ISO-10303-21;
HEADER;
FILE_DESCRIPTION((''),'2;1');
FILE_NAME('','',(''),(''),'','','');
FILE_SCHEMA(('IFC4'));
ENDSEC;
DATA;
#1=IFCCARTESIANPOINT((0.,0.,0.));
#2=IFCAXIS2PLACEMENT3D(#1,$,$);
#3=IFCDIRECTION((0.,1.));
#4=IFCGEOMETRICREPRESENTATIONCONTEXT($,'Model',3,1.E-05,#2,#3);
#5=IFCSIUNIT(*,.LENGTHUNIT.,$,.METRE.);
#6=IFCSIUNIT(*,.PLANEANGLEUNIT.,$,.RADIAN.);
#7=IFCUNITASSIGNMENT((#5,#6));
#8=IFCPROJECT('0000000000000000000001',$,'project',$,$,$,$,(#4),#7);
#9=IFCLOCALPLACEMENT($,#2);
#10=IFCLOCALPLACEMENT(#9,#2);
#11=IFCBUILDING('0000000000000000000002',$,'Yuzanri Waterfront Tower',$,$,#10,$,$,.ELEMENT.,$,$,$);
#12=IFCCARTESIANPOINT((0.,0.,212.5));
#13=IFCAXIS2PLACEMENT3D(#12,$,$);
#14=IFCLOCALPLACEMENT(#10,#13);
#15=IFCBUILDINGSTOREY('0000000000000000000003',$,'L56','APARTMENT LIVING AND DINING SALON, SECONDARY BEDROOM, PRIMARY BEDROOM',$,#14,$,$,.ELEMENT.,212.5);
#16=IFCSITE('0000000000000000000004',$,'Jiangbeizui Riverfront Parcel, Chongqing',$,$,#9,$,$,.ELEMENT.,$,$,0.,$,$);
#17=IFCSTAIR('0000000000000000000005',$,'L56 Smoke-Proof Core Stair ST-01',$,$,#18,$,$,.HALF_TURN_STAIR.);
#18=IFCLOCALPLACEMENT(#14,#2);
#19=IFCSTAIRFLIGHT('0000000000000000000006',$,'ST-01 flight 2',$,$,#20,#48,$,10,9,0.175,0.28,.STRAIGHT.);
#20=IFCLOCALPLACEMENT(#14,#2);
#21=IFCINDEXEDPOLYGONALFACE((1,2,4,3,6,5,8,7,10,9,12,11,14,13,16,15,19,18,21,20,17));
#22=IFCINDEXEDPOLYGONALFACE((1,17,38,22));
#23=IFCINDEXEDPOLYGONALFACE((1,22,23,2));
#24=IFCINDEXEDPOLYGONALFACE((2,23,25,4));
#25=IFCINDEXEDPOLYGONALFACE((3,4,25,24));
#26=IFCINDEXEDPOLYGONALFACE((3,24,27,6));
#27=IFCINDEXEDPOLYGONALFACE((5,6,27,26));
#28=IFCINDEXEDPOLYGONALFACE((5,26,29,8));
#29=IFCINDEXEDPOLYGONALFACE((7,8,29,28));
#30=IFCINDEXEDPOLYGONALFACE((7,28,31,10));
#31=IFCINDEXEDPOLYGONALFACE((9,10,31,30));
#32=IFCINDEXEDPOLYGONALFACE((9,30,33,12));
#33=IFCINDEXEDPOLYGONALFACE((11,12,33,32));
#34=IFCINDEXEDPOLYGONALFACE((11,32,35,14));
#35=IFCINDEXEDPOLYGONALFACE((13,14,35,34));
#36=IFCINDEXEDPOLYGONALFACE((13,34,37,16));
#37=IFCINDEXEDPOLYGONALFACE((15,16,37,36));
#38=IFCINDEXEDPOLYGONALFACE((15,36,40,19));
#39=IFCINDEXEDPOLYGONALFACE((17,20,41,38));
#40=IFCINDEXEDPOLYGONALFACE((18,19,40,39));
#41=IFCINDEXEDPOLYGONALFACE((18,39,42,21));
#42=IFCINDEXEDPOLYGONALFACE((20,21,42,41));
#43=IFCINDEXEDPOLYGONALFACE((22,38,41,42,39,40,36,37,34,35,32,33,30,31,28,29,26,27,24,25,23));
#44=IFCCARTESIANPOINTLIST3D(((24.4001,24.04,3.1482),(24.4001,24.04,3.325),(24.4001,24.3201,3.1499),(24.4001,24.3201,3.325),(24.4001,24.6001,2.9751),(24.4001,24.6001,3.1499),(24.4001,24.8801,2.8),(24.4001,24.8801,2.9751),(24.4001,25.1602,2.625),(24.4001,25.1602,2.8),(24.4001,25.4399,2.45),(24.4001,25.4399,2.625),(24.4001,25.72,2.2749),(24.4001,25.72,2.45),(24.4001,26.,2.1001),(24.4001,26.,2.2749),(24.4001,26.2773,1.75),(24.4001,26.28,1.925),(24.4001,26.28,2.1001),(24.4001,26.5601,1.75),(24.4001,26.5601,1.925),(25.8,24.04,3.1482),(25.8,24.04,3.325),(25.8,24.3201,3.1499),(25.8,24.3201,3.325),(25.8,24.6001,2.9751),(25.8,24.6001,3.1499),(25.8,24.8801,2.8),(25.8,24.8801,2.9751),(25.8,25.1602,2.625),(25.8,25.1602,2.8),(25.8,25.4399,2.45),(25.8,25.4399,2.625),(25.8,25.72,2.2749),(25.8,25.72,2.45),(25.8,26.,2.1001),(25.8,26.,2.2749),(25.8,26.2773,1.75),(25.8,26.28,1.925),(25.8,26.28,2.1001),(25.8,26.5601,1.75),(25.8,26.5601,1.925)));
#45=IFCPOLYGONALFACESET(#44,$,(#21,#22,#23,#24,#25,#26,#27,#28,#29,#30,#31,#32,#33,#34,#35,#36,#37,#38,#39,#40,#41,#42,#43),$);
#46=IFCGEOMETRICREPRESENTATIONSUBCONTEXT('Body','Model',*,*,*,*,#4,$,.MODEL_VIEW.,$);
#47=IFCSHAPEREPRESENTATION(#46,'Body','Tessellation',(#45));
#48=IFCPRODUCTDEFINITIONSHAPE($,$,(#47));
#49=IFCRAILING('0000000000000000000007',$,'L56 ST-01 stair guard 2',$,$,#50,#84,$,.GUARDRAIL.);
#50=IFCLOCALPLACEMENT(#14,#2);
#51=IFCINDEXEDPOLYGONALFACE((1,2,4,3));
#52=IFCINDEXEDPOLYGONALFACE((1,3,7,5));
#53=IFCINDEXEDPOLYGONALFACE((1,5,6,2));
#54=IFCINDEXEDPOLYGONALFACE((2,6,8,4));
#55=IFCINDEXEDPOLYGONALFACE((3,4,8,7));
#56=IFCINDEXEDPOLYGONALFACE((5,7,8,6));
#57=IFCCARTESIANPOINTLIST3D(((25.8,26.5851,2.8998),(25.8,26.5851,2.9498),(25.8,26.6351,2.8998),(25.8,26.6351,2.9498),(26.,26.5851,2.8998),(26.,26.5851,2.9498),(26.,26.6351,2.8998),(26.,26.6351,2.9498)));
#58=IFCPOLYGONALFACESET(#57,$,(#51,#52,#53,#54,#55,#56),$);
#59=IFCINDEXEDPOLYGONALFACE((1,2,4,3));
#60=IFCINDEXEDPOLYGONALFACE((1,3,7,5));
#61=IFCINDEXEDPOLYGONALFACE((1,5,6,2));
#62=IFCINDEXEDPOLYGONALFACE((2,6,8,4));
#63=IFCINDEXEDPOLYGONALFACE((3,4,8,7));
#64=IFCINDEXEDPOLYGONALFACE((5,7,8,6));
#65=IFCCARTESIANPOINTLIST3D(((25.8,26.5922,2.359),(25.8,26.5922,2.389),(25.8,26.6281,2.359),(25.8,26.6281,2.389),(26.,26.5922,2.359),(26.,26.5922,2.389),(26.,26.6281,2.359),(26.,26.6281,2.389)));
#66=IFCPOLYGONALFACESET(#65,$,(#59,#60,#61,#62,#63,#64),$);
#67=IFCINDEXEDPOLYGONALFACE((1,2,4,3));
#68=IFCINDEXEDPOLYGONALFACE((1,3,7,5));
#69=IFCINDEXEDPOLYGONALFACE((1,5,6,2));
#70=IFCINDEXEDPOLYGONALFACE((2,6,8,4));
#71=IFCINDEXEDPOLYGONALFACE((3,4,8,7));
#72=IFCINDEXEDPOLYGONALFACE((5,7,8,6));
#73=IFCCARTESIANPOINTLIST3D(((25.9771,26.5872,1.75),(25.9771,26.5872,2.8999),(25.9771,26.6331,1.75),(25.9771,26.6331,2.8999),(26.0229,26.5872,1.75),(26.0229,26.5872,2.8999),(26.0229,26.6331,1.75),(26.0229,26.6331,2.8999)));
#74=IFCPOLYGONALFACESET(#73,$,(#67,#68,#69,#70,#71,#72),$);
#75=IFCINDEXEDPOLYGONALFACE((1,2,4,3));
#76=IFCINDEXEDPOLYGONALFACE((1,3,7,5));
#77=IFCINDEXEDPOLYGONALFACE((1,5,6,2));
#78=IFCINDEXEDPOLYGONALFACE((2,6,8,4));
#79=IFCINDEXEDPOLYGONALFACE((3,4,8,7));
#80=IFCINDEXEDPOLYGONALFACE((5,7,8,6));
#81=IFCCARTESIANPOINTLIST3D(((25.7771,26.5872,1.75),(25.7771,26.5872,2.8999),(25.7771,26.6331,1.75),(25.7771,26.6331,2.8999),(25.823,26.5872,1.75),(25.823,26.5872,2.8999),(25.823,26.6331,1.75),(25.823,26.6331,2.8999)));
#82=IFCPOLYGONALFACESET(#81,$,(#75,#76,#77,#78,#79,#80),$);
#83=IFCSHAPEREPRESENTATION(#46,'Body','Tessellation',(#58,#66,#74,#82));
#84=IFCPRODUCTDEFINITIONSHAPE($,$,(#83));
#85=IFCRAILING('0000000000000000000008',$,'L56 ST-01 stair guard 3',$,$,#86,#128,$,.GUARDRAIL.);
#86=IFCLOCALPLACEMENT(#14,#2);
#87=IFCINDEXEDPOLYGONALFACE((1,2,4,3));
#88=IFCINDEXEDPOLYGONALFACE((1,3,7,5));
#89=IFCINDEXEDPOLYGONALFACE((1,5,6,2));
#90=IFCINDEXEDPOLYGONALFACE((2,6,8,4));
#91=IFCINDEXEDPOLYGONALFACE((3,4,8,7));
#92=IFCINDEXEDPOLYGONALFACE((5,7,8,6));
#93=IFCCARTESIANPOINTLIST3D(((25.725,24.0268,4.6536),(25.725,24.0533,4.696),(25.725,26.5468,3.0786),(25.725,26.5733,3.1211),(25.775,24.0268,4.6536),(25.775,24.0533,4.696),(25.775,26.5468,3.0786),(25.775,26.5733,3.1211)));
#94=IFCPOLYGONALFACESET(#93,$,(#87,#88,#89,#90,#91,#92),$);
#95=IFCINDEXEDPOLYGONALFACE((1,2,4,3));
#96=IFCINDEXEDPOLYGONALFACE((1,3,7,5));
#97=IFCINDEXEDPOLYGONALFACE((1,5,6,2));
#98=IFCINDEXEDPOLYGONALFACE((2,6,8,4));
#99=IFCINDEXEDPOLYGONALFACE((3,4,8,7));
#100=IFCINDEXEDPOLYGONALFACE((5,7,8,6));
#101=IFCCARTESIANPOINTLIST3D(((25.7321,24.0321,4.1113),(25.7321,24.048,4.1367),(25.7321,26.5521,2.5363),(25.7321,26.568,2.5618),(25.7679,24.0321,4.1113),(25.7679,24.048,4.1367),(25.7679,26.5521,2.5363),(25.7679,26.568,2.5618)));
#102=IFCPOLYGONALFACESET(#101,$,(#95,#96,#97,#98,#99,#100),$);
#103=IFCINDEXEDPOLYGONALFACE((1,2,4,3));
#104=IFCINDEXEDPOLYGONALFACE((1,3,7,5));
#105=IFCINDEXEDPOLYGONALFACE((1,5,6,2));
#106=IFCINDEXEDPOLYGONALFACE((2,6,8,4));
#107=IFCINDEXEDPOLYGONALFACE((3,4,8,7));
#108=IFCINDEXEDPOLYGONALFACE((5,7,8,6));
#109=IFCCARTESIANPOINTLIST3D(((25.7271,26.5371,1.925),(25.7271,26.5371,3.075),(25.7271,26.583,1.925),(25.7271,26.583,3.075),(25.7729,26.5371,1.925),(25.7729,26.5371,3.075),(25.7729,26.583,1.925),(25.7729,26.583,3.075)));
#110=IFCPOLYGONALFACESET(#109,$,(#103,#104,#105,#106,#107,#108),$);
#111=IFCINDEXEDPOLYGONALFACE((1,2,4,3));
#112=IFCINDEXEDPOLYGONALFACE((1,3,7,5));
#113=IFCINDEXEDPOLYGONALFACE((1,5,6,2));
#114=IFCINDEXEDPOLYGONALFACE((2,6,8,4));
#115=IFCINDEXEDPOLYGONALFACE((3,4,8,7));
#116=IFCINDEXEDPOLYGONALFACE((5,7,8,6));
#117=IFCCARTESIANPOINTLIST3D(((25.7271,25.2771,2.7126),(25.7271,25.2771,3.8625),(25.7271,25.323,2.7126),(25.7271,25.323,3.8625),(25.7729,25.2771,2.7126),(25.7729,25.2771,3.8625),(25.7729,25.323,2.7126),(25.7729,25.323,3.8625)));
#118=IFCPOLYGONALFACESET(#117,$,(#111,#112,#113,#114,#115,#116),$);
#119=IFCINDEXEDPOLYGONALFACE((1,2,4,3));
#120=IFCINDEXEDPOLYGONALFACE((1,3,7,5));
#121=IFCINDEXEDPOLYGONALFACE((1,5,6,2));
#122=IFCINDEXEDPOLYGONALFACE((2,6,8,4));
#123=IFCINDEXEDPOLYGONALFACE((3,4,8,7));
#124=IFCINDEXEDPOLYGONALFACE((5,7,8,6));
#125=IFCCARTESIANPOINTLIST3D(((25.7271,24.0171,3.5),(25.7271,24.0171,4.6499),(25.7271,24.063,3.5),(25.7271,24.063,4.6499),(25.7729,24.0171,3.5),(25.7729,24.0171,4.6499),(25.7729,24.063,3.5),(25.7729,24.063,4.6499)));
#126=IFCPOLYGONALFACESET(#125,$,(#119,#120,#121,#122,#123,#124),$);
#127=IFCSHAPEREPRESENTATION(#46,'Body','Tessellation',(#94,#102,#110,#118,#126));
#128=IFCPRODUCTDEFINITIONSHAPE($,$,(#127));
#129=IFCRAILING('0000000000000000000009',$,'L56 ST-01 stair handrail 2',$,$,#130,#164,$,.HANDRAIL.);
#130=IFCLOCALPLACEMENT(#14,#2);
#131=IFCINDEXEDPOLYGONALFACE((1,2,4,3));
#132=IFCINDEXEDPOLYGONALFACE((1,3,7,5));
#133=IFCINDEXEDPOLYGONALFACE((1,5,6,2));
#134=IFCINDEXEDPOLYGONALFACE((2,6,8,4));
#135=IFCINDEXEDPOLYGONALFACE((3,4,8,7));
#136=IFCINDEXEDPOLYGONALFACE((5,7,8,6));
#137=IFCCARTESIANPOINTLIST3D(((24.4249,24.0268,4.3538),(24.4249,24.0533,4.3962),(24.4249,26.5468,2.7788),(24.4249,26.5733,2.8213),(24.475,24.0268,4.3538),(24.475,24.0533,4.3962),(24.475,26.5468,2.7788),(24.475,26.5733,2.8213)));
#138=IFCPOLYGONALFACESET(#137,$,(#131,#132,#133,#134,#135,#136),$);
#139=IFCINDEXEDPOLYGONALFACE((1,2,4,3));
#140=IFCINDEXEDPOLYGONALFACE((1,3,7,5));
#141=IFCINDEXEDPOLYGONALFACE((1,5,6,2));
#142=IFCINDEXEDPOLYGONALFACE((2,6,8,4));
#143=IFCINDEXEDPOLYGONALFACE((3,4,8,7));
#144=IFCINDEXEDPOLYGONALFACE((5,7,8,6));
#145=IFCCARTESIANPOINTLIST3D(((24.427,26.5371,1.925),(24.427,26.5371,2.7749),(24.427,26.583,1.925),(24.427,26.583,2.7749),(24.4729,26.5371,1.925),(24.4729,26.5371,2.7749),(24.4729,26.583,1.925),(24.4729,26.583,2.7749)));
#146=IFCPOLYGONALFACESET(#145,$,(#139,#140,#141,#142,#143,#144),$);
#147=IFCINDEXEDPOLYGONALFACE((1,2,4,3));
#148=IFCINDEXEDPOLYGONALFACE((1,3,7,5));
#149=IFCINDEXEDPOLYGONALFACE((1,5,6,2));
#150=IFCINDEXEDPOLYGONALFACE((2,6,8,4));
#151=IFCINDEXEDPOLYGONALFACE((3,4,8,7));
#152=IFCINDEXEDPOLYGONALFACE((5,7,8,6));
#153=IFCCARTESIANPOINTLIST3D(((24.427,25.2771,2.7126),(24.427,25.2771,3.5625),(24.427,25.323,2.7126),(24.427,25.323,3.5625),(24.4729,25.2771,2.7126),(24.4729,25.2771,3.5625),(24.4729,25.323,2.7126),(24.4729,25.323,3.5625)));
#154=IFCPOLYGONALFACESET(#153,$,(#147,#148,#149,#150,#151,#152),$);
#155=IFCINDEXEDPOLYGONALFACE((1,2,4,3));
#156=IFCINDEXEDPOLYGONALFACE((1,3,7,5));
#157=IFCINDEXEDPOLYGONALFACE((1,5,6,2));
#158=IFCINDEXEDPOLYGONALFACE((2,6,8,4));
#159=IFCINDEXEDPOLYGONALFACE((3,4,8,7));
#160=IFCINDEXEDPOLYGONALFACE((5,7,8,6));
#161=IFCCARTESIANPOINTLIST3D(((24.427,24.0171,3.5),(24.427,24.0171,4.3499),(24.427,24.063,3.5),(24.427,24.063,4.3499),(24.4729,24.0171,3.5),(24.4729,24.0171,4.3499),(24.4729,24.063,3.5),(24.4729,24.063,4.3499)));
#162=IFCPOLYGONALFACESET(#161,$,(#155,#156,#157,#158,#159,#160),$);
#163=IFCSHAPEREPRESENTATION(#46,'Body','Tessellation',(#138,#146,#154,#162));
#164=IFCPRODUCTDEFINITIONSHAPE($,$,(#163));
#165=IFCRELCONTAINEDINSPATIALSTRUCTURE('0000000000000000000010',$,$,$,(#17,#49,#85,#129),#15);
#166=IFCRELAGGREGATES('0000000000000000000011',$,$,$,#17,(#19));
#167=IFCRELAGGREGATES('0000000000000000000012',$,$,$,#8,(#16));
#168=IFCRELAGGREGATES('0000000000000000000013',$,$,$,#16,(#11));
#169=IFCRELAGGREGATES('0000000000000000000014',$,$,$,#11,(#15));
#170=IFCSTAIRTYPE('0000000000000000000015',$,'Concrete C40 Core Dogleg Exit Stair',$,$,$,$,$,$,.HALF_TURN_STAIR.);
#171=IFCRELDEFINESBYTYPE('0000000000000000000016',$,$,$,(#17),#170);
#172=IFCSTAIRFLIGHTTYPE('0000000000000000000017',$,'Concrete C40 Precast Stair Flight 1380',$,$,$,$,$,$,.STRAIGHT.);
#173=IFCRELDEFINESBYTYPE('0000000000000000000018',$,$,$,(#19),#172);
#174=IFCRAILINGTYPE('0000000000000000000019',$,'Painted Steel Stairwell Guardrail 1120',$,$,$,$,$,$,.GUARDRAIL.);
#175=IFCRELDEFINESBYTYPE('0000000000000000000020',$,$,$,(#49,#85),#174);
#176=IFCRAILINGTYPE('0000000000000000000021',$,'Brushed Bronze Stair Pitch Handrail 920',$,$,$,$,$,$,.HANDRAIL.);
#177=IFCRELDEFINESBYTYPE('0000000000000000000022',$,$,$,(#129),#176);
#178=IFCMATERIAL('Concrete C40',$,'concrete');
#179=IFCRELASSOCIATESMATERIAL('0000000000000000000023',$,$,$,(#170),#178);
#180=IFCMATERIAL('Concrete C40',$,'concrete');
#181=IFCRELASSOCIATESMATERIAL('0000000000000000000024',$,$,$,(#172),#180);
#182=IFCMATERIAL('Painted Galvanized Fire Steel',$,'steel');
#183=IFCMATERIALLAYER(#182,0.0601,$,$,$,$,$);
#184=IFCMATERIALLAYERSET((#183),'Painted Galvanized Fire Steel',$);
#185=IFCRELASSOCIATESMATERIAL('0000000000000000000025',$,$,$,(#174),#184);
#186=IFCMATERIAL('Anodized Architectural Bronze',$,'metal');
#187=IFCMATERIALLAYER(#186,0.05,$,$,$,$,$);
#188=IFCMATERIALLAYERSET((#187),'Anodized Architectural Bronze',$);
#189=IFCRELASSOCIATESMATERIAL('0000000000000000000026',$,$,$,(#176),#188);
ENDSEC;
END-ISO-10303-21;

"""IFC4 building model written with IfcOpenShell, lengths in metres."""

from ifc_helpers import new_model, si_unit, direction, frame, origin, origin_2d, place, context, subcontext, project, spatial, polyline, rectangle, outline, extrude, source, transform, mapped, material, layer, layer_set, type_object, element, aggregate, save


model = new_model("IFC4")

# Units and contexts
model_context = context("Model", 3, precision=1e-05, world=origin(), true_north=direction((0.0, 1.0)))
body_context = subcontext(model_context, "Body", "Model", "MODEL_VIEW")
ifc_project = project(units=[si_unit("LENGTHUNIT", "METRE"), si_unit("PLANEANGLEUNIT", "RADIAN")], contexts=[model_context])

# Site, building, storey
site_placement = place(None, origin())
site = spatial("IfcSite", under=ifc_project, at=site_placement, Name="Jiangbeizui Riverfront Parcel, Chongqing", CompositionType="ELEMENT", RefElevation=0.0)
building_placement = place(site_placement, origin())
building = spatial("IfcBuilding", under=site, at=building_placement, Name="Yuzanri Waterfront Tower", CompositionType="ELEMENT")
storey_placement = place(building_placement, frame((0.0, 0.0, 212.5)))
storey = spatial("IfcBuildingStorey", under=building, at=storey_placement, Name="L56", Description="APARTMENT LIVING AND DINING SALON, SECONDARY BEDROOM, PRIMARY BEDROOM", CompositionType="ELEMENT", Elevation=212.5)

# Stair, stair flight
ifc_material_1 = material(Name="Concrete C40", Category="concrete")
stair_type = type_object("IfcStairType", Name="Concrete C40 Core Dogleg Exit Stair", PredefinedType="HALF_TURN_STAIR", material=ifc_material_1)
stair_placement = place(storey_placement, origin())
stair = element("IfcStair", 1, at=stair_placement, inside=storey, type_object=stair_type, Name="L56 Smoke-Proof Core Stair ST-01", PredefinedType="HALF_TURN_STAIR")
ifc_material_2 = material(Name="Concrete C40", Category="concrete")
stair_flight_type = type_object("IfcStairFlightType", Name="Concrete C40 Precast Stair Flight 1380", PredefinedType="STRAIGHT", material=ifc_material_2)
shared_shape_1 = source(origin(), body_context, "Body", "SweptSolid", [
    extrude(outline(polyline([(0.0, 0.0), (0.0, 0.175), (0.28, 0.175), (0.28, 0.3501), (0.5601, 0.3501), (0.5601, 0.5249), (0.8401, 0.5249), (0.8401, 0.7), (1.1201, 0.7), (1.1201, 0.875), (1.3999, 0.875), (1.3999, 1.05), (1.6799, 1.05), (1.6799, 1.2251), (1.96, 1.2251), (1.96, 1.3999), (2.24, 1.3999), (2.24, 1.575), (2.52, 1.575), (2.52, 1.75), (2.52, 1.3982), (0.2827, 0.0), (0.0, 0.0)])), frame((0.0, 0.7, 0.0), z_axis=(0.0, -1.0, 0.0), x_axis=(1.0, 0.0, 0.0)), (0.0, 0.0, 1.0), 1.3999),
])
stair_flight_placement = place(storey_placement, frame((25.1001, 26.5601, 1.75), z_axis=(0.0, 0.0, 1.0), x_axis=(0.0, -1.0, 0.0)))
stair_flight = element("IfcStairFlight", 2, at=stair_flight_placement, type_object=stair_flight_type, Name="ST-01 flight 2", NumberOfRisers=10, NumberOfTreads=9, PredefinedType="STRAIGHT", RiserHeight=0.175, TreadLength=0.28, context=body_context, shape_type="MappedRepresentation", body=[
    mapped(shared_shape_1, transform((0.0, 0.0, 0.0), scale=1.0)),
])
aggregate(stair, [stair_flight])

# Railings
ifc_material_3 = material(Name="Painted Galvanized Fire Steel", Category="steel")
ifc_layer_1 = layer(ifc_material_3, 0.0601)
ifc_layer_set_1 = layer_set([ifc_layer_1], Name="Painted Galvanized Fire Steel")
railing_type_1 = type_object("IfcRailingType", Name="Painted Steel Stairwell Guardrail 1120", PredefinedType="GUARDRAIL", material=ifc_layer_set_1)
shared_shape_2 = source(origin(), body_context, "Body", "SweptSolid", [
    extrude(rectangle(XDim=0.05, YDim=0.05, at=origin_2d()), frame((0.0, 0.0, 1.1748), z_axis=(-1.0, 0.0, 0.0), x_axis=(0.0, -1.0, 0.0)), (0.0, 0.0, 1.0), 0.2),
    extrude(rectangle(XDim=0.0359, YDim=0.03, at=origin_2d()), frame((0.0, 0.0, 0.624), z_axis=(-1.0, 0.0, 0.0), x_axis=(0.0, -1.0, 0.0)), (0.0, 0.0, 1.0), 0.2),
    extrude(rectangle(XDim=0.0459, YDim=0.0459, at=origin_2d()), origin(), (0.0, 0.0, 1.0), 1.1499),
    extrude(rectangle(XDim=0.0459, YDim=0.0459, at=origin_2d()), frame((-0.2, 0.0, 0.0)), (0.0, 0.0, 1.0), 1.1499),
])
railing_1_placement = place(storey_placement, frame((26.0, 26.6101, 1.75)))
element("IfcRailing", 3, at=railing_1_placement, inside=storey, type_object=railing_type_1, Name="L56 ST-01 stair guard 2", PredefinedType="GUARDRAIL", context=body_context, shape_type="MappedRepresentation", body=[
    mapped(shared_shape_2, transform((0.0, 0.0, 0.0), scale=1.0)),
])
shared_shape_3 = source(origin(), body_context, "Body", "SweptSolid", [
    extrude(rectangle(XDim=0.05, YDim=0.05, at=origin_2d()), frame((0.0, 0.0, 1.1748), z_axis=(0.0, -0.848008, 0.529984), x_axis=(1.0, 0.0, 0.0)), (0.0, 0.0, 1.0), 2.9717),
    extrude(rectangle(XDim=0.0359, YDim=0.03, at=origin_2d()), frame((0.0, 0.0, 0.624), z_axis=(0.0, -0.848008, 0.529984), x_axis=(1.0, 0.0, 0.0)), (0.0, 0.0, 1.0), 2.9717),
    extrude(rectangle(XDim=0.0459, YDim=0.0459, at=origin_2d()), origin(), (0.0, 0.0, 1.0), 1.1499),
    extrude(rectangle(XDim=0.0459, YDim=0.0459, at=origin_2d()), frame((0.0, -1.26, 0.7876)), (0.0, 0.0, 1.0), 1.1499),
    extrude(rectangle(XDim=0.0459, YDim=0.0459, at=origin_2d()), frame((0.0, -2.52, 1.575)), (0.0, 0.0, 1.0), 1.1499),
])
railing_2_placement = place(storey_placement, frame((25.75, 26.5601, 1.925)))
element("IfcRailing", 4, at=railing_2_placement, inside=storey, type_object=railing_type_1, Name="L56 ST-01 stair guard 3", PredefinedType="GUARDRAIL", context=body_context, shape_type="MappedRepresentation", body=[
    mapped(shared_shape_3, transform((0.0, 0.0, 0.0), scale=1.0)),
])
ifc_material_4 = material(Name="Anodized Architectural Bronze", Category="metal")
ifc_layer_2 = layer(ifc_material_4, 0.05)
ifc_layer_set_2 = layer_set([ifc_layer_2], Name="Anodized Architectural Bronze")
railing_type_2 = type_object("IfcRailingType", Name="Brushed Bronze Stair Pitch Handrail 920", PredefinedType="HANDRAIL", material=ifc_layer_set_2)
shared_shape_4 = source(origin(), body_context, "Body", "SweptSolid", [
    extrude(rectangle(XDim=0.05, YDim=0.05, at=origin_2d()), frame((0.0, 0.0, 0.875), z_axis=(0.0, -0.848008, 0.529984), x_axis=(1.0, 0.0, 0.0)), (0.0, 0.0, 1.0), 2.9717),
    extrude(rectangle(XDim=0.0459, YDim=0.0459, at=origin_2d()), origin(), (0.0, 0.0, 1.0), 0.8499),
    extrude(rectangle(XDim=0.0459, YDim=0.0459, at=origin_2d()), frame((0.0, -1.26, 0.7876)), (0.0, 0.0, 1.0), 0.8499),
    extrude(rectangle(XDim=0.0459, YDim=0.0459, at=origin_2d()), frame((0.0, -2.52, 1.575)), (0.0, 0.0, 1.0), 0.8499),
])
railing_3_placement = place(storey_placement, frame((24.45, 26.5601, 1.925)))
element("IfcRailing", 5, at=railing_3_placement, inside=storey, type_object=railing_type_2, Name="L56 ST-01 stair handrail 2", PredefinedType="HANDRAIL", context=body_context, shape_type="MappedRepresentation", body=[
    mapped(shared_shape_4, transform((0.0, 0.0, 0.0), scale=1.0)),
])

save(model, "model.ifc")
